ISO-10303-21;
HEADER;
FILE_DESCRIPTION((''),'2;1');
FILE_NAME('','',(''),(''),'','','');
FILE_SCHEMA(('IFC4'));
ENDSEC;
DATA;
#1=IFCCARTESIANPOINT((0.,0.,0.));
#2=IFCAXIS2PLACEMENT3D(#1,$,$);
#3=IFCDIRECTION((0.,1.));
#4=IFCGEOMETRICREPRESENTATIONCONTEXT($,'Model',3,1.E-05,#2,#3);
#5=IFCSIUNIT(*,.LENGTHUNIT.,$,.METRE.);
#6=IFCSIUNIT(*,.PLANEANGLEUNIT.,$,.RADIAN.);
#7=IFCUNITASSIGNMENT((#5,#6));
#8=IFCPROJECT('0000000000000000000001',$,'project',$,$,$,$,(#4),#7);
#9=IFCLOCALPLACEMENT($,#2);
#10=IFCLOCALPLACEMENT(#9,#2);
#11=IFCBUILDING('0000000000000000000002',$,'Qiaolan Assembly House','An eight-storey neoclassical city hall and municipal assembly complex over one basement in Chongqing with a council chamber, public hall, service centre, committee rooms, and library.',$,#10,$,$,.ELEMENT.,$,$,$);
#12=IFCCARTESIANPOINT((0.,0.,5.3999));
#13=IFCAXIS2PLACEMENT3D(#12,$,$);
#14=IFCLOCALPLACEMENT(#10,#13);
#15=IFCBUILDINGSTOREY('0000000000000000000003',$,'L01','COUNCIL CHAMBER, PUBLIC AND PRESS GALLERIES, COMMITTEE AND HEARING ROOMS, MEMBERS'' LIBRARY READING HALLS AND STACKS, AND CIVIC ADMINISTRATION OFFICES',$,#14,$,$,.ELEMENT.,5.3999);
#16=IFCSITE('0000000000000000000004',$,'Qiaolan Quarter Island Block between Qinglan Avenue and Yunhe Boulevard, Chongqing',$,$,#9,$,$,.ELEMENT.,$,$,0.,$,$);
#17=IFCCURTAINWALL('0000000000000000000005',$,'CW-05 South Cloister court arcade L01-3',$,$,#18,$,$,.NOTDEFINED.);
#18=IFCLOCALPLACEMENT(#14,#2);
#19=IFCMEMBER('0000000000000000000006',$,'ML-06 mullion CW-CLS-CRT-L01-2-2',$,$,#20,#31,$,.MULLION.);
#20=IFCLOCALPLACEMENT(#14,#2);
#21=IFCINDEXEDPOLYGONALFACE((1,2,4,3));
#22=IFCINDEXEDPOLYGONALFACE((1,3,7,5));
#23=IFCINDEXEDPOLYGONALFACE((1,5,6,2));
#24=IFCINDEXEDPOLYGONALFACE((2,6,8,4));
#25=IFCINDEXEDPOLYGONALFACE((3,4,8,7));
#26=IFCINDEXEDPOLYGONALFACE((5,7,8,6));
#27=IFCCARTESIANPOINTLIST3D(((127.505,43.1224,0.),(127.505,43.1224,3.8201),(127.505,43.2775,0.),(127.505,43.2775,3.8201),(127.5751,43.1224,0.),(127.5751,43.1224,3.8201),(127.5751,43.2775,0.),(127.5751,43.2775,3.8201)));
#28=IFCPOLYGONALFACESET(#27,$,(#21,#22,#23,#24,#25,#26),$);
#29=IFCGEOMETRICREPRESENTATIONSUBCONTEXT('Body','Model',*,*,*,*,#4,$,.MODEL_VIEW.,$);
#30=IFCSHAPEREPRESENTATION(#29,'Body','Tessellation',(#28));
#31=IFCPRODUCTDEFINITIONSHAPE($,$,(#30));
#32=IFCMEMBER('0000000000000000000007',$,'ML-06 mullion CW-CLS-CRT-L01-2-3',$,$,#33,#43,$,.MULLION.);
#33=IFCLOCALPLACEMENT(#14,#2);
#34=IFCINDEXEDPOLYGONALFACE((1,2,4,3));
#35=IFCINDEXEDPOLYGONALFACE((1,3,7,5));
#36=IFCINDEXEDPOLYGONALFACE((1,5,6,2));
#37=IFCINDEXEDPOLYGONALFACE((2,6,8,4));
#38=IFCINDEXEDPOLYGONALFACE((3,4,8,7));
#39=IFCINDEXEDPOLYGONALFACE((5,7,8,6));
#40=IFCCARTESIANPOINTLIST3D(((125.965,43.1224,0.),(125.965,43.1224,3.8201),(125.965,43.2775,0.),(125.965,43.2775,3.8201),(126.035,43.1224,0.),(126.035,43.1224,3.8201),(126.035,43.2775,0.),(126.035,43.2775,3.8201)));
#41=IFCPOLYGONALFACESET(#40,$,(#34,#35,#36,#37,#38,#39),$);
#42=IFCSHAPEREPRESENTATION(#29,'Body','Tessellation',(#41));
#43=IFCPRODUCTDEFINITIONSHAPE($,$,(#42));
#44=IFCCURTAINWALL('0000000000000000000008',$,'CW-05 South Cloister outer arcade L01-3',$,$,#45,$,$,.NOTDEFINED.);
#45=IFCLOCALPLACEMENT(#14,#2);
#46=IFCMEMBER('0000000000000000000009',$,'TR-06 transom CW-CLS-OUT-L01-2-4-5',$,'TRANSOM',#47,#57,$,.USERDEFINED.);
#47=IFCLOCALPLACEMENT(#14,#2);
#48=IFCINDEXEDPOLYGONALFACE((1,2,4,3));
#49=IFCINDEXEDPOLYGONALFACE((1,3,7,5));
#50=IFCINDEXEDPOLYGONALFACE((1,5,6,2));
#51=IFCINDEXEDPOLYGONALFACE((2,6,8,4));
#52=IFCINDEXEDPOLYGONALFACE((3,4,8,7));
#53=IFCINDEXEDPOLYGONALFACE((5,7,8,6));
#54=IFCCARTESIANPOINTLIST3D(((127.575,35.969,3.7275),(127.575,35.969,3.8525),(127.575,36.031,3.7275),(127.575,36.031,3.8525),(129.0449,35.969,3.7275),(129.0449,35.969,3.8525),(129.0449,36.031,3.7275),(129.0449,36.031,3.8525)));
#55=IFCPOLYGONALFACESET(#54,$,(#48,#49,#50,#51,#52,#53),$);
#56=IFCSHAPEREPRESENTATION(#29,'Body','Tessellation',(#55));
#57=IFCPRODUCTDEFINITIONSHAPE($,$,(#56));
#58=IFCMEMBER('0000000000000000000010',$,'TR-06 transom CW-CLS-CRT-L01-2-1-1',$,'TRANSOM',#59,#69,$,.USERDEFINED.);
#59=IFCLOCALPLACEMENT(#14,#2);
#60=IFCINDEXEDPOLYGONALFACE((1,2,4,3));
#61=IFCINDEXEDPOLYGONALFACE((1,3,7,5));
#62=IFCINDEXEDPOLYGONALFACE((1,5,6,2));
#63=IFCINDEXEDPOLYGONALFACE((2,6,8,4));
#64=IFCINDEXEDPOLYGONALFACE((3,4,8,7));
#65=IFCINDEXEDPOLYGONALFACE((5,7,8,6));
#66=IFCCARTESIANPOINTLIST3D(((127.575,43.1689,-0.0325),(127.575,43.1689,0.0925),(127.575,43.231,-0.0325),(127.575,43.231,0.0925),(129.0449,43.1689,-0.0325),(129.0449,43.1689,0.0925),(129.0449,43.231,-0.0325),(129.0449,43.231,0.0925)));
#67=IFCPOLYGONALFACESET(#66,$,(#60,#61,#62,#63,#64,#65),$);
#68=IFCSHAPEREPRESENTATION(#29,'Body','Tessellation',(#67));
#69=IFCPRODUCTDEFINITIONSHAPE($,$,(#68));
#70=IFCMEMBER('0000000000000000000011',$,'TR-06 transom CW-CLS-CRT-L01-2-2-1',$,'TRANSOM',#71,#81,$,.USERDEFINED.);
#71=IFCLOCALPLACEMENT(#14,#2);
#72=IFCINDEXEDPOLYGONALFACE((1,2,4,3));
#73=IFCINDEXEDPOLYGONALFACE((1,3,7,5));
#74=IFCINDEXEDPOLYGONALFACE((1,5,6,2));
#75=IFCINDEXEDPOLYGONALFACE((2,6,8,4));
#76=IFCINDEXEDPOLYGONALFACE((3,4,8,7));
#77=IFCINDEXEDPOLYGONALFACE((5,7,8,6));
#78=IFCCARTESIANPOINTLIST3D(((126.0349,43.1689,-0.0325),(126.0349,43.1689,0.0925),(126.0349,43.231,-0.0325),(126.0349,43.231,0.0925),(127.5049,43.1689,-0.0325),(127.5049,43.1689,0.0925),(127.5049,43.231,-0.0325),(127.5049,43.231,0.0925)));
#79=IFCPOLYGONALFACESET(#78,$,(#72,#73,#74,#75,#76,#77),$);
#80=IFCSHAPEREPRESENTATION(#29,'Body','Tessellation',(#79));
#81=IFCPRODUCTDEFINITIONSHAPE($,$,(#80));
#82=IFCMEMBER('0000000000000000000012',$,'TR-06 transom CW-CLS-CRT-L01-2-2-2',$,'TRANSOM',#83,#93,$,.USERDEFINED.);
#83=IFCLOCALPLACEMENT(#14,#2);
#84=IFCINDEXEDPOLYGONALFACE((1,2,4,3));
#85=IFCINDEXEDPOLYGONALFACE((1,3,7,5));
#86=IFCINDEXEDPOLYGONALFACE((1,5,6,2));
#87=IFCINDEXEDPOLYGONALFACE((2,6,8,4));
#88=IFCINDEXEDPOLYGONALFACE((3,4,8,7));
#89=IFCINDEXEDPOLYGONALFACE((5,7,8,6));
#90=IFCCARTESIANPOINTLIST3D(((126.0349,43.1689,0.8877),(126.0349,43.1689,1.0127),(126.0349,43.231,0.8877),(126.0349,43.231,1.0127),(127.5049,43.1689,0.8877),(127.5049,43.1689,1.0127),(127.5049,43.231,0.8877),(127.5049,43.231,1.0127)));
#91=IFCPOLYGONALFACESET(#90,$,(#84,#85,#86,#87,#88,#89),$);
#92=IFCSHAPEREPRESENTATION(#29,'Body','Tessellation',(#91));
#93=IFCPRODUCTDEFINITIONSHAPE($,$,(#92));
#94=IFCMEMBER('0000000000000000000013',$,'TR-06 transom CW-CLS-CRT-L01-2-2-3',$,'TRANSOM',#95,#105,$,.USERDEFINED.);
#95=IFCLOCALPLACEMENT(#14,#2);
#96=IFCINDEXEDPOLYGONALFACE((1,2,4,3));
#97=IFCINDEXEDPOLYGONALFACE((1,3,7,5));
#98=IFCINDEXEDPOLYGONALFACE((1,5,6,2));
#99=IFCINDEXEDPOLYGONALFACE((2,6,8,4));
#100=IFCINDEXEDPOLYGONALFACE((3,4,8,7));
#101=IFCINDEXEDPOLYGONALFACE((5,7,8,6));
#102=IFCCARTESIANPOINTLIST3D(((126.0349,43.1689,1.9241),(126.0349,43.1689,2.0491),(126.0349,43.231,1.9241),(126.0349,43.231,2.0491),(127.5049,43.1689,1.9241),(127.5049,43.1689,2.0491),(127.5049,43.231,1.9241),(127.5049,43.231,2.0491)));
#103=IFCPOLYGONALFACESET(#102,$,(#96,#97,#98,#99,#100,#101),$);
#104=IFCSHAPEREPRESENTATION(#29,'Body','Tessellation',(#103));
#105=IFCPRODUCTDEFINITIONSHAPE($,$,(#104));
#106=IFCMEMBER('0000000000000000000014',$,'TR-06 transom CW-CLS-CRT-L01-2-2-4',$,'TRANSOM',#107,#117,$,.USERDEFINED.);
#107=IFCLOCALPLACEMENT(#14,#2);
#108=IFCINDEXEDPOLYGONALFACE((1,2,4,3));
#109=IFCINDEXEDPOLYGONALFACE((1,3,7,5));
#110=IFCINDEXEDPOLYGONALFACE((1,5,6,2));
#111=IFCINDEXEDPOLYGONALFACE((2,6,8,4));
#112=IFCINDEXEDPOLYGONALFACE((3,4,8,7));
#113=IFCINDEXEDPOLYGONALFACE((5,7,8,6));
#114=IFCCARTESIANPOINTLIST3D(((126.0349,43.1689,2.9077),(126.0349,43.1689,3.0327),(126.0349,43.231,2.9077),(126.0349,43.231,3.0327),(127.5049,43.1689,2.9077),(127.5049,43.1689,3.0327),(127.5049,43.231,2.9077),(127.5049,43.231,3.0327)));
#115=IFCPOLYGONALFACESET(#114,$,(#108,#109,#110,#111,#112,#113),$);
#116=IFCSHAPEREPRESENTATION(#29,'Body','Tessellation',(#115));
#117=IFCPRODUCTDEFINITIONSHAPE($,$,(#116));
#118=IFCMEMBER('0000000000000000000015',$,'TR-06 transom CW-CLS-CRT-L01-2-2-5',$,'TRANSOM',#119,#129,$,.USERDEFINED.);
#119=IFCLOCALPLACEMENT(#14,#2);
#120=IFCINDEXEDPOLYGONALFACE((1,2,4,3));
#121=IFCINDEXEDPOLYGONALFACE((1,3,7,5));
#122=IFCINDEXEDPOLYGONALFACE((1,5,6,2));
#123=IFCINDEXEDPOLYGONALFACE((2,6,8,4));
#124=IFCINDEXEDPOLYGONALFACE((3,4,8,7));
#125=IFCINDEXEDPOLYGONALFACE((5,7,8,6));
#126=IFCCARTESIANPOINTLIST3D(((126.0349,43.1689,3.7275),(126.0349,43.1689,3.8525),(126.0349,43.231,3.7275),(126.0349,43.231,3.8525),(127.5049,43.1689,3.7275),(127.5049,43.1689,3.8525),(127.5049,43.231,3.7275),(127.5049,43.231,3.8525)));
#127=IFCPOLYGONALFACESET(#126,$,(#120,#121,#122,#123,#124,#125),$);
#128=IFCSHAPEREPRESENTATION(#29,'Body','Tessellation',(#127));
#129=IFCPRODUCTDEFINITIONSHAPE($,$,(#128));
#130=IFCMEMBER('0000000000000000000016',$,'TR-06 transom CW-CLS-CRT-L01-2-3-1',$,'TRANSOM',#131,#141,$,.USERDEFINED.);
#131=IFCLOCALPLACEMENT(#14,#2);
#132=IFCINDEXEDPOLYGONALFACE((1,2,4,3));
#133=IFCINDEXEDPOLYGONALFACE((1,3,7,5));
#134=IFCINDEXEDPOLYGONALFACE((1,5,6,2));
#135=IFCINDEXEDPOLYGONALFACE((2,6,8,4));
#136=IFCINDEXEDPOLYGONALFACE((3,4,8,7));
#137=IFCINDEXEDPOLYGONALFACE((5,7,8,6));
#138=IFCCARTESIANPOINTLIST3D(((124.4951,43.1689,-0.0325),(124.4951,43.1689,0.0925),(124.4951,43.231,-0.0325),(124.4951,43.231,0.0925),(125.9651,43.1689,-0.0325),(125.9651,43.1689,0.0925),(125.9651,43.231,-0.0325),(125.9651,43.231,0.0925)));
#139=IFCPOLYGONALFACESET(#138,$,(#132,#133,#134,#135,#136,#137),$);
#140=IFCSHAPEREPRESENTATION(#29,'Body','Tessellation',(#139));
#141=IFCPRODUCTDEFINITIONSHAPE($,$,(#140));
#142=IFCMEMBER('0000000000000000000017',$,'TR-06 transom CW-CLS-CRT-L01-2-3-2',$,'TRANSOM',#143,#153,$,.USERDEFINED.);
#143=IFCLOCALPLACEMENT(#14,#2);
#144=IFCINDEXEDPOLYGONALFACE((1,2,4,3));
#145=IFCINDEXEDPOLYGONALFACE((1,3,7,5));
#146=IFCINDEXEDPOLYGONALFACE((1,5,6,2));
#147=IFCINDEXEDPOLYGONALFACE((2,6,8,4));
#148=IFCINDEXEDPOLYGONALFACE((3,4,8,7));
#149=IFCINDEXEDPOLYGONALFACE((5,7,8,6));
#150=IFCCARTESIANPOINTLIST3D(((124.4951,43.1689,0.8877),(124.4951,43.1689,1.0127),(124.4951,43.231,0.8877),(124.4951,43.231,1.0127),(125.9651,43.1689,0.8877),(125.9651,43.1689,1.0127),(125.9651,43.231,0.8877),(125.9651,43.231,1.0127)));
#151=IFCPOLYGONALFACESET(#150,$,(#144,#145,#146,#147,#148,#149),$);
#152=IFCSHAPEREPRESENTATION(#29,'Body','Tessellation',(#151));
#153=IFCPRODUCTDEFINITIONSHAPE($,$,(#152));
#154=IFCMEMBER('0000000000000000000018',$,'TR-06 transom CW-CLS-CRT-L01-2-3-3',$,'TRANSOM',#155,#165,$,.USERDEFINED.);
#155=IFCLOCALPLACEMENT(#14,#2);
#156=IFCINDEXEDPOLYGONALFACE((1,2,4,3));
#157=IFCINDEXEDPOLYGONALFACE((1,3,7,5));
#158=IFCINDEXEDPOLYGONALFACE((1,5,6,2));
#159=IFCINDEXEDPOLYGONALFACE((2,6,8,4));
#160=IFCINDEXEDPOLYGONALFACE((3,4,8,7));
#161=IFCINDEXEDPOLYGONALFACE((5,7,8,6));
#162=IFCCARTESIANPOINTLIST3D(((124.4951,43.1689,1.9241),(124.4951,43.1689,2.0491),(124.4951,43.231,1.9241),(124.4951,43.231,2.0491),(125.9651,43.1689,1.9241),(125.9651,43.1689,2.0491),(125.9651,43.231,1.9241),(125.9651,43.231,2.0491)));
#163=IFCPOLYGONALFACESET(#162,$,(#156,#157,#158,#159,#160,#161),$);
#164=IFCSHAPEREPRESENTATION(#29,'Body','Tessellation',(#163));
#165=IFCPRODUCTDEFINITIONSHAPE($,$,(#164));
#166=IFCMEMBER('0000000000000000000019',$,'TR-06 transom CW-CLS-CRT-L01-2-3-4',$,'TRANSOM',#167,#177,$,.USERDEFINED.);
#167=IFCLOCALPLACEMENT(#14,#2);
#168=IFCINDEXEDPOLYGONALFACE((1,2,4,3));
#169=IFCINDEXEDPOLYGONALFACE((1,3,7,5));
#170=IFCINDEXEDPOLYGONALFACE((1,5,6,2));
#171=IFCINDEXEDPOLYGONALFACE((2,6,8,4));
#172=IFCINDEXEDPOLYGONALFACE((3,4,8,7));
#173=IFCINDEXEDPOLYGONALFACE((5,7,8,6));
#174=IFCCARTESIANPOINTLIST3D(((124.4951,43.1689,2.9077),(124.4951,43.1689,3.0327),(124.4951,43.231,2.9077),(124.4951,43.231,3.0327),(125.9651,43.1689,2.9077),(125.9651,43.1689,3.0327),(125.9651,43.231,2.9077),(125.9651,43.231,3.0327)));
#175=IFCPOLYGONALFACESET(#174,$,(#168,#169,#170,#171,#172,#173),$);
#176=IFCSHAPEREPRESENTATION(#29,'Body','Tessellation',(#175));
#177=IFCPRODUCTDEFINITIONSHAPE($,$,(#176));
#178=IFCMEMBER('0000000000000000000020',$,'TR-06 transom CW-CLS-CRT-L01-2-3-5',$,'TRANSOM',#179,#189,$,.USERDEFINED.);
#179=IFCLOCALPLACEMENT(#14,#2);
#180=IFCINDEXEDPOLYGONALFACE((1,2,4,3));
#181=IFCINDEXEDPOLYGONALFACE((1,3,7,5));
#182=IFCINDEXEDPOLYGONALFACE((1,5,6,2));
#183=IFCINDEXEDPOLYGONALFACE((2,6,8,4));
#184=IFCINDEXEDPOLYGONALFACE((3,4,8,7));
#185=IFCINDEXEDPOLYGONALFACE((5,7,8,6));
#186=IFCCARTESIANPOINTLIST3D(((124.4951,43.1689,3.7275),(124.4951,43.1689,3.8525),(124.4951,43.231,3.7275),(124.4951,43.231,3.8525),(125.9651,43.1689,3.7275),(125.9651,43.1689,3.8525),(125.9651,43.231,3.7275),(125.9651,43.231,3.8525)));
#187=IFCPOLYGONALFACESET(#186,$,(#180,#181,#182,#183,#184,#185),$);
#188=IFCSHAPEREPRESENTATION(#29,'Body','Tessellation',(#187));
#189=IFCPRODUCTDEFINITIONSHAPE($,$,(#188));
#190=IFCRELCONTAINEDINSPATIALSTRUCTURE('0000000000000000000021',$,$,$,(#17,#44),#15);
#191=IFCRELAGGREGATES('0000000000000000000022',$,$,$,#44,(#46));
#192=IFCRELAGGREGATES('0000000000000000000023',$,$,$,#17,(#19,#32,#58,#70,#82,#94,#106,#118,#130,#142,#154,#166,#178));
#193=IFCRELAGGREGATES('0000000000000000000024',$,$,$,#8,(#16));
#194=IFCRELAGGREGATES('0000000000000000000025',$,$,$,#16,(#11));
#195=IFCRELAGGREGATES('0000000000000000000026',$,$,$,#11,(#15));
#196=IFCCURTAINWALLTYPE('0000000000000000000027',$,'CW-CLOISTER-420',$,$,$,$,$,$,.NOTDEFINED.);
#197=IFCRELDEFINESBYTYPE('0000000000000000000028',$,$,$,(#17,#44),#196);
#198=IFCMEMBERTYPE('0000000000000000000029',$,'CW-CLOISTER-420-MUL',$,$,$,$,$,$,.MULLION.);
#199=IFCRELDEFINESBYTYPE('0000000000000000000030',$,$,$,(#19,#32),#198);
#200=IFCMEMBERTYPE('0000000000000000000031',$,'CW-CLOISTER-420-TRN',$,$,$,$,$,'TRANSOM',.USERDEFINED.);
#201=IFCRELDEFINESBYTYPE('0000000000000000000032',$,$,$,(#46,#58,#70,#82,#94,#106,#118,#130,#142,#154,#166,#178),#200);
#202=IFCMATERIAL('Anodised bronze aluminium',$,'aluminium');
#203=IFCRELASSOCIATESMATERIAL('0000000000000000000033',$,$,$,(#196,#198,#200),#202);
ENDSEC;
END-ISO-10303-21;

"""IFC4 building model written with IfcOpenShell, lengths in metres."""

from ifc_helpers import new_model, si_unit, direction, frame, origin, origin_2d, place, context, subcontext, project, spatial, rectangle, extrude, material, material_profile, profile_set, type_object, element, aggregate, save


model = new_model("IFC4")

# Units and contexts
model_context = context("Model", 3, precision=1e-05, world=origin(), true_north=direction((0.0, 1.0)))
body_context = subcontext(model_context, "Body", "Model", "MODEL_VIEW")
ifc_project = project(units=[si_unit("LENGTHUNIT", "METRE"), si_unit("PLANEANGLEUNIT", "RADIAN")], contexts=[model_context])

# Site, building, storey
site_placement = place(None, origin())
site = spatial("IfcSite", under=ifc_project, at=site_placement, Name="Qiaolan Quarter Island Block between Qinglan Avenue and Yunhe Boulevard, Chongqing", CompositionType="ELEMENT", RefElevation=0.0)
building_placement = place(site_placement, origin())
building = spatial("IfcBuilding", under=site, at=building_placement, Name="Qiaolan Assembly House", Description="An eight-storey neoclassical city hall and municipal assembly complex over one basement in Chongqing with a council chamber, public hall, service centre, committee rooms, and library.", CompositionType="ELEMENT")
storey_placement = place(building_placement, frame((0.0, 0.0, 5.3999)))
storey = spatial("IfcBuildingStorey", under=building, at=storey_placement, Name="L01", Description="COUNCIL CHAMBER, PUBLIC AND PRESS GALLERIES, COMMITTEE AND HEARING ROOMS, MEMBERS' LIBRARY READING HALLS AND STACKS, AND CIVIC ADMINISTRATION OFFICES", CompositionType="ELEMENT", Elevation=5.3999)

# Curtain wall, members
ifc_material_1 = material(Name="Anodised bronze aluminium", Category="aluminium")
curtain_wall_type = type_object("IfcCurtainWallType", Name="CW-CLOISTER-420", PredefinedType="NOTDEFINED", material=ifc_material_1)
curtain_wall_1_placement = place(storey_placement, origin())
curtain_wall_1 = element("IfcCurtainWall", 1, at=curtain_wall_1_placement, inside=storey, type_object=curtain_wall_type, Name="CW-05 South Cloister court arcade L01-3", PredefinedType="NOTDEFINED")
ifc_material_profile_1 = material_profile(ifc_material_1, rectangle(XDim=0.0701, YDim=0.155, at=origin_2d()), Name="MUL 70x155")
ifc_profile_set_1 = profile_set([ifc_material_profile_1], Name="Anodised bronze aluminium")
member_type_1 = type_object("IfcMemberType", Name="CW-CLOISTER-420-MUL", PredefinedType="MULLION", material=ifc_profile_set_1)
member_1_placement = place(storey_placement, frame((127.54, 43.2, 0.0), z_axis=(0.0, 0.0, 1.0), x_axis=(-1.0, 0.0, 0.0)))
member_1 = element("IfcMember", 2, at=member_1_placement, type_object=member_type_1, Name="ML-06 mullion CW-CLS-CRT-L01-2-2", PredefinedType="MULLION", context=body_context, shape_type="SweptSolid", body=[
    extrude(rectangle(XDim=0.0701, YDim=0.155, at=origin_2d()), origin(), (0.0, 0.0, 1.0), 3.8201),
])
member_2_placement = place(storey_placement, frame((126.0, 43.2, 0.0), z_axis=(0.0, 0.0, 1.0), x_axis=(-1.0, 0.0, 0.0)))
member_2 = element("IfcMember", 3, at=member_2_placement, type_object=member_type_1, Name="ML-06 mullion CW-CLS-CRT-L01-2-3", PredefinedType="MULLION", context=body_context, shape_type="SweptSolid", body=[
    extrude(rectangle(XDim=0.0701, YDim=0.155, at=origin_2d()), origin(), (0.0, 0.0, 1.0), 3.8201),
])

# Curtain wall, member
curtain_wall_2_placement = place(storey_placement, origin())
curtain_wall_2 = element("IfcCurtainWall", 4, at=curtain_wall_2_placement, inside=storey, type_object=curtain_wall_type, Name="CW-05 South Cloister outer arcade L01-3", PredefinedType="NOTDEFINED")
ifc_material_profile_2 = material_profile(ifc_material_1, rectangle(XDim=0.062, YDim=0.125, at=origin_2d()), Name="TRN 62x125")
ifc_profile_set_2 = profile_set([ifc_material_profile_2], Name="Anodised bronze aluminium")
member_type_2 = type_object("IfcMemberType", Name="CW-CLOISTER-420-TRN", ElementType="TRANSOM", PredefinedType="USERDEFINED", material=ifc_profile_set_2)
member_3_placement = place(storey_placement, frame((127.575, 36.0, 3.79), z_axis=(1.0, 0.0, 0.0), x_axis=(0.0, 1.0, 0.0)))
member_3 = element("IfcMember", 5, at=member_3_placement, type_object=member_type_2, Name="TR-06 transom CW-CLS-OUT-L01-2-4-5", ObjectType="TRANSOM", PredefinedType="USERDEFINED", context=body_context, shape_type="SweptSolid", body=[
    extrude(rectangle(XDim=0.062, YDim=0.125, at=origin_2d()), origin(), (0.0, 0.0, 1.0), 1.47),
])
aggregate(curtain_wall_2, [member_3])

# Members
member_4_placement = place(storey_placement, frame((129.0449, 43.2, 0.03), z_axis=(-1.0, 0.0, 0.0), x_axis=(0.0, -1.0, 0.0)))
member_4 = element("IfcMember", 6, at=member_4_placement, type_object=member_type_2, Name="TR-06 transom CW-CLS-CRT-L01-2-1-1", ObjectType="TRANSOM", PredefinedType="USERDEFINED", context=body_context, shape_type="SweptSolid", body=[
    extrude(rectangle(XDim=0.062, YDim=0.125, at=origin_2d()), origin(), (0.0, 0.0, 1.0), 1.47),
])
member_5_placement = place(storey_placement, frame((127.5049, 43.2, 0.03), z_axis=(-1.0, 0.0, 0.0), x_axis=(0.0, -1.0, 0.0)))
member_5 = element("IfcMember", 7, at=member_5_placement, type_object=member_type_2, Name="TR-06 transom CW-CLS-CRT-L01-2-2-1", ObjectType="TRANSOM", PredefinedType="USERDEFINED", context=body_context, shape_type="SweptSolid", body=[
    extrude(rectangle(XDim=0.062, YDim=0.125, at=origin_2d()), origin(), (0.0, 0.0, 1.0), 1.47),
])
member_6_placement = place(storey_placement, frame((127.5049, 43.2, 0.9502), z_axis=(-1.0, 0.0, 0.0), x_axis=(0.0, -1.0, 0.0)))
member_6 = element("IfcMember", 8, at=member_6_placement, type_object=member_type_2, Name="TR-06 transom CW-CLS-CRT-L01-2-2-2", ObjectType="TRANSOM", PredefinedType="USERDEFINED", context=body_context, shape_type="SweptSolid", body=[
    extrude(rectangle(XDim=0.062, YDim=0.125, at=origin_2d()), origin(), (0.0, 0.0, 1.0), 1.47),
])
member_7_placement = place(storey_placement, frame((127.5049, 43.2, 1.9866), z_axis=(-1.0, 0.0, 0.0), x_axis=(0.0, -1.0, 0.0)))
member_7 = element("IfcMember", 9, at=member_7_placement, type_object=member_type_2, Name="TR-06 transom CW-CLS-CRT-L01-2-2-3", ObjectType="TRANSOM", PredefinedType="USERDEFINED", context=body_context, shape_type="SweptSolid", body=[
    extrude(rectangle(XDim=0.062, YDim=0.125, at=origin_2d()), origin(), (0.0, 0.0, 1.0), 1.47),
])
member_8_placement = place(storey_placement, frame((127.5049, 43.2, 2.9702), z_axis=(-1.0, 0.0, 0.0), x_axis=(0.0, -1.0, 0.0)))
member_8 = element("IfcMember", 10, at=member_8_placement, type_object=member_type_2, Name="TR-06 transom CW-CLS-CRT-L01-2-2-4", ObjectType="TRANSOM", PredefinedType="USERDEFINED", context=body_context, shape_type="SweptSolid", body=[
    extrude(rectangle(XDim=0.062, YDim=0.125, at=origin_2d()), origin(), (0.0, 0.0, 1.0), 1.47),
])
member_9_placement = place(storey_placement, frame((127.5049, 43.2, 3.79), z_axis=(-1.0, 0.0, 0.0), x_axis=(0.0, -1.0, 0.0)))
member_9 = element("IfcMember", 11, at=member_9_placement, type_object=member_type_2, Name="TR-06 transom CW-CLS-CRT-L01-2-2-5", ObjectType="TRANSOM", PredefinedType="USERDEFINED", context=body_context, shape_type="SweptSolid", body=[
    extrude(rectangle(XDim=0.062, YDim=0.125, at=origin_2d()), origin(), (0.0, 0.0, 1.0), 1.47),
])
member_10_placement = place(storey_placement, frame((125.9651, 43.2, 0.03), z_axis=(-1.0, 0.0, 0.0), x_axis=(0.0, -1.0, 0.0)))
member_10 = element("IfcMember", 12, at=member_10_placement, type_object=member_type_2, Name="TR-06 transom CW-CLS-CRT-L01-2-3-1", ObjectType="TRANSOM", PredefinedType="USERDEFINED", context=body_context, shape_type="SweptSolid", body=[
    extrude(rectangle(XDim=0.062, YDim=0.125, at=origin_2d()), origin(), (0.0, 0.0, 1.0), 1.47),
])
member_11_placement = place(storey_placement, frame((125.9651, 43.2, 0.9502), z_axis=(-1.0, 0.0, 0.0), x_axis=(0.0, -1.0, 0.0)))
member_11 = element("IfcMember", 13, at=member_11_placement, type_object=member_type_2, Name="TR-06 transom CW-CLS-CRT-L01-2-3-2", ObjectType="TRANSOM", PredefinedType="USERDEFINED", context=body_context, shape_type="SweptSolid", body=[
    extrude(rectangle(XDim=0.062, YDim=0.125, at=origin_2d()), origin(), (0.0, 0.0, 1.0), 1.47),
])
member_12_placement = place(storey_placement, frame((125.9651, 43.2, 1.9866), z_axis=(-1.0, 0.0, 0.0), x_axis=(0.0, -1.0, 0.0)))
member_12 = element("IfcMember", 14, at=member_12_placement, type_object=member_type_2, Name="TR-06 transom CW-CLS-CRT-L01-2-3-3", ObjectType="TRANSOM", PredefinedType="USERDEFINED", context=body_context, shape_type="SweptSolid", body=[
    extrude(rectangle(XDim=0.062, YDim=0.125, at=origin_2d()), origin(), (0.0, 0.0, 1.0), 1.47),
])
member_13_placement = place(storey_placement, frame((125.9651, 43.2, 2.9702), z_axis=(-1.0, 0.0, 0.0), x_axis=(0.0, -1.0, 0.0)))
member_13 = element("IfcMember", 15, at=member_13_placement, type_object=member_type_2, Name="TR-06 transom CW-CLS-CRT-L01-2-3-4", ObjectType="TRANSOM", PredefinedType="USERDEFINED", context=body_context, shape_type="SweptSolid", body=[
    extrude(rectangle(XDim=0.062, YDim=0.125, at=origin_2d()), origin(), (0.0, 0.0, 1.0), 1.47),
])
member_14_placement = place(storey_placement, frame((125.9651, 43.2, 3.79), z_axis=(-1.0, 0.0, 0.0), x_axis=(0.0, -1.0, 0.0)))
member_14 = element("IfcMember", 16, at=member_14_placement, type_object=member_type_2, Name="TR-06 transom CW-CLS-CRT-L01-2-3-5", ObjectType="TRANSOM", PredefinedType="USERDEFINED", context=body_context, shape_type="SweptSolid", body=[
    extrude(rectangle(XDim=0.062, YDim=0.125, at=origin_2d()), origin(), (0.0, 0.0, 1.0), 1.47),
])

aggregate(curtain_wall_1, [member_1, member_2, member_4, member_5, member_6, member_7, member_8, member_9, member_10, member_11, member_12, member_13, member_14])

save(model, "model.ifc")
